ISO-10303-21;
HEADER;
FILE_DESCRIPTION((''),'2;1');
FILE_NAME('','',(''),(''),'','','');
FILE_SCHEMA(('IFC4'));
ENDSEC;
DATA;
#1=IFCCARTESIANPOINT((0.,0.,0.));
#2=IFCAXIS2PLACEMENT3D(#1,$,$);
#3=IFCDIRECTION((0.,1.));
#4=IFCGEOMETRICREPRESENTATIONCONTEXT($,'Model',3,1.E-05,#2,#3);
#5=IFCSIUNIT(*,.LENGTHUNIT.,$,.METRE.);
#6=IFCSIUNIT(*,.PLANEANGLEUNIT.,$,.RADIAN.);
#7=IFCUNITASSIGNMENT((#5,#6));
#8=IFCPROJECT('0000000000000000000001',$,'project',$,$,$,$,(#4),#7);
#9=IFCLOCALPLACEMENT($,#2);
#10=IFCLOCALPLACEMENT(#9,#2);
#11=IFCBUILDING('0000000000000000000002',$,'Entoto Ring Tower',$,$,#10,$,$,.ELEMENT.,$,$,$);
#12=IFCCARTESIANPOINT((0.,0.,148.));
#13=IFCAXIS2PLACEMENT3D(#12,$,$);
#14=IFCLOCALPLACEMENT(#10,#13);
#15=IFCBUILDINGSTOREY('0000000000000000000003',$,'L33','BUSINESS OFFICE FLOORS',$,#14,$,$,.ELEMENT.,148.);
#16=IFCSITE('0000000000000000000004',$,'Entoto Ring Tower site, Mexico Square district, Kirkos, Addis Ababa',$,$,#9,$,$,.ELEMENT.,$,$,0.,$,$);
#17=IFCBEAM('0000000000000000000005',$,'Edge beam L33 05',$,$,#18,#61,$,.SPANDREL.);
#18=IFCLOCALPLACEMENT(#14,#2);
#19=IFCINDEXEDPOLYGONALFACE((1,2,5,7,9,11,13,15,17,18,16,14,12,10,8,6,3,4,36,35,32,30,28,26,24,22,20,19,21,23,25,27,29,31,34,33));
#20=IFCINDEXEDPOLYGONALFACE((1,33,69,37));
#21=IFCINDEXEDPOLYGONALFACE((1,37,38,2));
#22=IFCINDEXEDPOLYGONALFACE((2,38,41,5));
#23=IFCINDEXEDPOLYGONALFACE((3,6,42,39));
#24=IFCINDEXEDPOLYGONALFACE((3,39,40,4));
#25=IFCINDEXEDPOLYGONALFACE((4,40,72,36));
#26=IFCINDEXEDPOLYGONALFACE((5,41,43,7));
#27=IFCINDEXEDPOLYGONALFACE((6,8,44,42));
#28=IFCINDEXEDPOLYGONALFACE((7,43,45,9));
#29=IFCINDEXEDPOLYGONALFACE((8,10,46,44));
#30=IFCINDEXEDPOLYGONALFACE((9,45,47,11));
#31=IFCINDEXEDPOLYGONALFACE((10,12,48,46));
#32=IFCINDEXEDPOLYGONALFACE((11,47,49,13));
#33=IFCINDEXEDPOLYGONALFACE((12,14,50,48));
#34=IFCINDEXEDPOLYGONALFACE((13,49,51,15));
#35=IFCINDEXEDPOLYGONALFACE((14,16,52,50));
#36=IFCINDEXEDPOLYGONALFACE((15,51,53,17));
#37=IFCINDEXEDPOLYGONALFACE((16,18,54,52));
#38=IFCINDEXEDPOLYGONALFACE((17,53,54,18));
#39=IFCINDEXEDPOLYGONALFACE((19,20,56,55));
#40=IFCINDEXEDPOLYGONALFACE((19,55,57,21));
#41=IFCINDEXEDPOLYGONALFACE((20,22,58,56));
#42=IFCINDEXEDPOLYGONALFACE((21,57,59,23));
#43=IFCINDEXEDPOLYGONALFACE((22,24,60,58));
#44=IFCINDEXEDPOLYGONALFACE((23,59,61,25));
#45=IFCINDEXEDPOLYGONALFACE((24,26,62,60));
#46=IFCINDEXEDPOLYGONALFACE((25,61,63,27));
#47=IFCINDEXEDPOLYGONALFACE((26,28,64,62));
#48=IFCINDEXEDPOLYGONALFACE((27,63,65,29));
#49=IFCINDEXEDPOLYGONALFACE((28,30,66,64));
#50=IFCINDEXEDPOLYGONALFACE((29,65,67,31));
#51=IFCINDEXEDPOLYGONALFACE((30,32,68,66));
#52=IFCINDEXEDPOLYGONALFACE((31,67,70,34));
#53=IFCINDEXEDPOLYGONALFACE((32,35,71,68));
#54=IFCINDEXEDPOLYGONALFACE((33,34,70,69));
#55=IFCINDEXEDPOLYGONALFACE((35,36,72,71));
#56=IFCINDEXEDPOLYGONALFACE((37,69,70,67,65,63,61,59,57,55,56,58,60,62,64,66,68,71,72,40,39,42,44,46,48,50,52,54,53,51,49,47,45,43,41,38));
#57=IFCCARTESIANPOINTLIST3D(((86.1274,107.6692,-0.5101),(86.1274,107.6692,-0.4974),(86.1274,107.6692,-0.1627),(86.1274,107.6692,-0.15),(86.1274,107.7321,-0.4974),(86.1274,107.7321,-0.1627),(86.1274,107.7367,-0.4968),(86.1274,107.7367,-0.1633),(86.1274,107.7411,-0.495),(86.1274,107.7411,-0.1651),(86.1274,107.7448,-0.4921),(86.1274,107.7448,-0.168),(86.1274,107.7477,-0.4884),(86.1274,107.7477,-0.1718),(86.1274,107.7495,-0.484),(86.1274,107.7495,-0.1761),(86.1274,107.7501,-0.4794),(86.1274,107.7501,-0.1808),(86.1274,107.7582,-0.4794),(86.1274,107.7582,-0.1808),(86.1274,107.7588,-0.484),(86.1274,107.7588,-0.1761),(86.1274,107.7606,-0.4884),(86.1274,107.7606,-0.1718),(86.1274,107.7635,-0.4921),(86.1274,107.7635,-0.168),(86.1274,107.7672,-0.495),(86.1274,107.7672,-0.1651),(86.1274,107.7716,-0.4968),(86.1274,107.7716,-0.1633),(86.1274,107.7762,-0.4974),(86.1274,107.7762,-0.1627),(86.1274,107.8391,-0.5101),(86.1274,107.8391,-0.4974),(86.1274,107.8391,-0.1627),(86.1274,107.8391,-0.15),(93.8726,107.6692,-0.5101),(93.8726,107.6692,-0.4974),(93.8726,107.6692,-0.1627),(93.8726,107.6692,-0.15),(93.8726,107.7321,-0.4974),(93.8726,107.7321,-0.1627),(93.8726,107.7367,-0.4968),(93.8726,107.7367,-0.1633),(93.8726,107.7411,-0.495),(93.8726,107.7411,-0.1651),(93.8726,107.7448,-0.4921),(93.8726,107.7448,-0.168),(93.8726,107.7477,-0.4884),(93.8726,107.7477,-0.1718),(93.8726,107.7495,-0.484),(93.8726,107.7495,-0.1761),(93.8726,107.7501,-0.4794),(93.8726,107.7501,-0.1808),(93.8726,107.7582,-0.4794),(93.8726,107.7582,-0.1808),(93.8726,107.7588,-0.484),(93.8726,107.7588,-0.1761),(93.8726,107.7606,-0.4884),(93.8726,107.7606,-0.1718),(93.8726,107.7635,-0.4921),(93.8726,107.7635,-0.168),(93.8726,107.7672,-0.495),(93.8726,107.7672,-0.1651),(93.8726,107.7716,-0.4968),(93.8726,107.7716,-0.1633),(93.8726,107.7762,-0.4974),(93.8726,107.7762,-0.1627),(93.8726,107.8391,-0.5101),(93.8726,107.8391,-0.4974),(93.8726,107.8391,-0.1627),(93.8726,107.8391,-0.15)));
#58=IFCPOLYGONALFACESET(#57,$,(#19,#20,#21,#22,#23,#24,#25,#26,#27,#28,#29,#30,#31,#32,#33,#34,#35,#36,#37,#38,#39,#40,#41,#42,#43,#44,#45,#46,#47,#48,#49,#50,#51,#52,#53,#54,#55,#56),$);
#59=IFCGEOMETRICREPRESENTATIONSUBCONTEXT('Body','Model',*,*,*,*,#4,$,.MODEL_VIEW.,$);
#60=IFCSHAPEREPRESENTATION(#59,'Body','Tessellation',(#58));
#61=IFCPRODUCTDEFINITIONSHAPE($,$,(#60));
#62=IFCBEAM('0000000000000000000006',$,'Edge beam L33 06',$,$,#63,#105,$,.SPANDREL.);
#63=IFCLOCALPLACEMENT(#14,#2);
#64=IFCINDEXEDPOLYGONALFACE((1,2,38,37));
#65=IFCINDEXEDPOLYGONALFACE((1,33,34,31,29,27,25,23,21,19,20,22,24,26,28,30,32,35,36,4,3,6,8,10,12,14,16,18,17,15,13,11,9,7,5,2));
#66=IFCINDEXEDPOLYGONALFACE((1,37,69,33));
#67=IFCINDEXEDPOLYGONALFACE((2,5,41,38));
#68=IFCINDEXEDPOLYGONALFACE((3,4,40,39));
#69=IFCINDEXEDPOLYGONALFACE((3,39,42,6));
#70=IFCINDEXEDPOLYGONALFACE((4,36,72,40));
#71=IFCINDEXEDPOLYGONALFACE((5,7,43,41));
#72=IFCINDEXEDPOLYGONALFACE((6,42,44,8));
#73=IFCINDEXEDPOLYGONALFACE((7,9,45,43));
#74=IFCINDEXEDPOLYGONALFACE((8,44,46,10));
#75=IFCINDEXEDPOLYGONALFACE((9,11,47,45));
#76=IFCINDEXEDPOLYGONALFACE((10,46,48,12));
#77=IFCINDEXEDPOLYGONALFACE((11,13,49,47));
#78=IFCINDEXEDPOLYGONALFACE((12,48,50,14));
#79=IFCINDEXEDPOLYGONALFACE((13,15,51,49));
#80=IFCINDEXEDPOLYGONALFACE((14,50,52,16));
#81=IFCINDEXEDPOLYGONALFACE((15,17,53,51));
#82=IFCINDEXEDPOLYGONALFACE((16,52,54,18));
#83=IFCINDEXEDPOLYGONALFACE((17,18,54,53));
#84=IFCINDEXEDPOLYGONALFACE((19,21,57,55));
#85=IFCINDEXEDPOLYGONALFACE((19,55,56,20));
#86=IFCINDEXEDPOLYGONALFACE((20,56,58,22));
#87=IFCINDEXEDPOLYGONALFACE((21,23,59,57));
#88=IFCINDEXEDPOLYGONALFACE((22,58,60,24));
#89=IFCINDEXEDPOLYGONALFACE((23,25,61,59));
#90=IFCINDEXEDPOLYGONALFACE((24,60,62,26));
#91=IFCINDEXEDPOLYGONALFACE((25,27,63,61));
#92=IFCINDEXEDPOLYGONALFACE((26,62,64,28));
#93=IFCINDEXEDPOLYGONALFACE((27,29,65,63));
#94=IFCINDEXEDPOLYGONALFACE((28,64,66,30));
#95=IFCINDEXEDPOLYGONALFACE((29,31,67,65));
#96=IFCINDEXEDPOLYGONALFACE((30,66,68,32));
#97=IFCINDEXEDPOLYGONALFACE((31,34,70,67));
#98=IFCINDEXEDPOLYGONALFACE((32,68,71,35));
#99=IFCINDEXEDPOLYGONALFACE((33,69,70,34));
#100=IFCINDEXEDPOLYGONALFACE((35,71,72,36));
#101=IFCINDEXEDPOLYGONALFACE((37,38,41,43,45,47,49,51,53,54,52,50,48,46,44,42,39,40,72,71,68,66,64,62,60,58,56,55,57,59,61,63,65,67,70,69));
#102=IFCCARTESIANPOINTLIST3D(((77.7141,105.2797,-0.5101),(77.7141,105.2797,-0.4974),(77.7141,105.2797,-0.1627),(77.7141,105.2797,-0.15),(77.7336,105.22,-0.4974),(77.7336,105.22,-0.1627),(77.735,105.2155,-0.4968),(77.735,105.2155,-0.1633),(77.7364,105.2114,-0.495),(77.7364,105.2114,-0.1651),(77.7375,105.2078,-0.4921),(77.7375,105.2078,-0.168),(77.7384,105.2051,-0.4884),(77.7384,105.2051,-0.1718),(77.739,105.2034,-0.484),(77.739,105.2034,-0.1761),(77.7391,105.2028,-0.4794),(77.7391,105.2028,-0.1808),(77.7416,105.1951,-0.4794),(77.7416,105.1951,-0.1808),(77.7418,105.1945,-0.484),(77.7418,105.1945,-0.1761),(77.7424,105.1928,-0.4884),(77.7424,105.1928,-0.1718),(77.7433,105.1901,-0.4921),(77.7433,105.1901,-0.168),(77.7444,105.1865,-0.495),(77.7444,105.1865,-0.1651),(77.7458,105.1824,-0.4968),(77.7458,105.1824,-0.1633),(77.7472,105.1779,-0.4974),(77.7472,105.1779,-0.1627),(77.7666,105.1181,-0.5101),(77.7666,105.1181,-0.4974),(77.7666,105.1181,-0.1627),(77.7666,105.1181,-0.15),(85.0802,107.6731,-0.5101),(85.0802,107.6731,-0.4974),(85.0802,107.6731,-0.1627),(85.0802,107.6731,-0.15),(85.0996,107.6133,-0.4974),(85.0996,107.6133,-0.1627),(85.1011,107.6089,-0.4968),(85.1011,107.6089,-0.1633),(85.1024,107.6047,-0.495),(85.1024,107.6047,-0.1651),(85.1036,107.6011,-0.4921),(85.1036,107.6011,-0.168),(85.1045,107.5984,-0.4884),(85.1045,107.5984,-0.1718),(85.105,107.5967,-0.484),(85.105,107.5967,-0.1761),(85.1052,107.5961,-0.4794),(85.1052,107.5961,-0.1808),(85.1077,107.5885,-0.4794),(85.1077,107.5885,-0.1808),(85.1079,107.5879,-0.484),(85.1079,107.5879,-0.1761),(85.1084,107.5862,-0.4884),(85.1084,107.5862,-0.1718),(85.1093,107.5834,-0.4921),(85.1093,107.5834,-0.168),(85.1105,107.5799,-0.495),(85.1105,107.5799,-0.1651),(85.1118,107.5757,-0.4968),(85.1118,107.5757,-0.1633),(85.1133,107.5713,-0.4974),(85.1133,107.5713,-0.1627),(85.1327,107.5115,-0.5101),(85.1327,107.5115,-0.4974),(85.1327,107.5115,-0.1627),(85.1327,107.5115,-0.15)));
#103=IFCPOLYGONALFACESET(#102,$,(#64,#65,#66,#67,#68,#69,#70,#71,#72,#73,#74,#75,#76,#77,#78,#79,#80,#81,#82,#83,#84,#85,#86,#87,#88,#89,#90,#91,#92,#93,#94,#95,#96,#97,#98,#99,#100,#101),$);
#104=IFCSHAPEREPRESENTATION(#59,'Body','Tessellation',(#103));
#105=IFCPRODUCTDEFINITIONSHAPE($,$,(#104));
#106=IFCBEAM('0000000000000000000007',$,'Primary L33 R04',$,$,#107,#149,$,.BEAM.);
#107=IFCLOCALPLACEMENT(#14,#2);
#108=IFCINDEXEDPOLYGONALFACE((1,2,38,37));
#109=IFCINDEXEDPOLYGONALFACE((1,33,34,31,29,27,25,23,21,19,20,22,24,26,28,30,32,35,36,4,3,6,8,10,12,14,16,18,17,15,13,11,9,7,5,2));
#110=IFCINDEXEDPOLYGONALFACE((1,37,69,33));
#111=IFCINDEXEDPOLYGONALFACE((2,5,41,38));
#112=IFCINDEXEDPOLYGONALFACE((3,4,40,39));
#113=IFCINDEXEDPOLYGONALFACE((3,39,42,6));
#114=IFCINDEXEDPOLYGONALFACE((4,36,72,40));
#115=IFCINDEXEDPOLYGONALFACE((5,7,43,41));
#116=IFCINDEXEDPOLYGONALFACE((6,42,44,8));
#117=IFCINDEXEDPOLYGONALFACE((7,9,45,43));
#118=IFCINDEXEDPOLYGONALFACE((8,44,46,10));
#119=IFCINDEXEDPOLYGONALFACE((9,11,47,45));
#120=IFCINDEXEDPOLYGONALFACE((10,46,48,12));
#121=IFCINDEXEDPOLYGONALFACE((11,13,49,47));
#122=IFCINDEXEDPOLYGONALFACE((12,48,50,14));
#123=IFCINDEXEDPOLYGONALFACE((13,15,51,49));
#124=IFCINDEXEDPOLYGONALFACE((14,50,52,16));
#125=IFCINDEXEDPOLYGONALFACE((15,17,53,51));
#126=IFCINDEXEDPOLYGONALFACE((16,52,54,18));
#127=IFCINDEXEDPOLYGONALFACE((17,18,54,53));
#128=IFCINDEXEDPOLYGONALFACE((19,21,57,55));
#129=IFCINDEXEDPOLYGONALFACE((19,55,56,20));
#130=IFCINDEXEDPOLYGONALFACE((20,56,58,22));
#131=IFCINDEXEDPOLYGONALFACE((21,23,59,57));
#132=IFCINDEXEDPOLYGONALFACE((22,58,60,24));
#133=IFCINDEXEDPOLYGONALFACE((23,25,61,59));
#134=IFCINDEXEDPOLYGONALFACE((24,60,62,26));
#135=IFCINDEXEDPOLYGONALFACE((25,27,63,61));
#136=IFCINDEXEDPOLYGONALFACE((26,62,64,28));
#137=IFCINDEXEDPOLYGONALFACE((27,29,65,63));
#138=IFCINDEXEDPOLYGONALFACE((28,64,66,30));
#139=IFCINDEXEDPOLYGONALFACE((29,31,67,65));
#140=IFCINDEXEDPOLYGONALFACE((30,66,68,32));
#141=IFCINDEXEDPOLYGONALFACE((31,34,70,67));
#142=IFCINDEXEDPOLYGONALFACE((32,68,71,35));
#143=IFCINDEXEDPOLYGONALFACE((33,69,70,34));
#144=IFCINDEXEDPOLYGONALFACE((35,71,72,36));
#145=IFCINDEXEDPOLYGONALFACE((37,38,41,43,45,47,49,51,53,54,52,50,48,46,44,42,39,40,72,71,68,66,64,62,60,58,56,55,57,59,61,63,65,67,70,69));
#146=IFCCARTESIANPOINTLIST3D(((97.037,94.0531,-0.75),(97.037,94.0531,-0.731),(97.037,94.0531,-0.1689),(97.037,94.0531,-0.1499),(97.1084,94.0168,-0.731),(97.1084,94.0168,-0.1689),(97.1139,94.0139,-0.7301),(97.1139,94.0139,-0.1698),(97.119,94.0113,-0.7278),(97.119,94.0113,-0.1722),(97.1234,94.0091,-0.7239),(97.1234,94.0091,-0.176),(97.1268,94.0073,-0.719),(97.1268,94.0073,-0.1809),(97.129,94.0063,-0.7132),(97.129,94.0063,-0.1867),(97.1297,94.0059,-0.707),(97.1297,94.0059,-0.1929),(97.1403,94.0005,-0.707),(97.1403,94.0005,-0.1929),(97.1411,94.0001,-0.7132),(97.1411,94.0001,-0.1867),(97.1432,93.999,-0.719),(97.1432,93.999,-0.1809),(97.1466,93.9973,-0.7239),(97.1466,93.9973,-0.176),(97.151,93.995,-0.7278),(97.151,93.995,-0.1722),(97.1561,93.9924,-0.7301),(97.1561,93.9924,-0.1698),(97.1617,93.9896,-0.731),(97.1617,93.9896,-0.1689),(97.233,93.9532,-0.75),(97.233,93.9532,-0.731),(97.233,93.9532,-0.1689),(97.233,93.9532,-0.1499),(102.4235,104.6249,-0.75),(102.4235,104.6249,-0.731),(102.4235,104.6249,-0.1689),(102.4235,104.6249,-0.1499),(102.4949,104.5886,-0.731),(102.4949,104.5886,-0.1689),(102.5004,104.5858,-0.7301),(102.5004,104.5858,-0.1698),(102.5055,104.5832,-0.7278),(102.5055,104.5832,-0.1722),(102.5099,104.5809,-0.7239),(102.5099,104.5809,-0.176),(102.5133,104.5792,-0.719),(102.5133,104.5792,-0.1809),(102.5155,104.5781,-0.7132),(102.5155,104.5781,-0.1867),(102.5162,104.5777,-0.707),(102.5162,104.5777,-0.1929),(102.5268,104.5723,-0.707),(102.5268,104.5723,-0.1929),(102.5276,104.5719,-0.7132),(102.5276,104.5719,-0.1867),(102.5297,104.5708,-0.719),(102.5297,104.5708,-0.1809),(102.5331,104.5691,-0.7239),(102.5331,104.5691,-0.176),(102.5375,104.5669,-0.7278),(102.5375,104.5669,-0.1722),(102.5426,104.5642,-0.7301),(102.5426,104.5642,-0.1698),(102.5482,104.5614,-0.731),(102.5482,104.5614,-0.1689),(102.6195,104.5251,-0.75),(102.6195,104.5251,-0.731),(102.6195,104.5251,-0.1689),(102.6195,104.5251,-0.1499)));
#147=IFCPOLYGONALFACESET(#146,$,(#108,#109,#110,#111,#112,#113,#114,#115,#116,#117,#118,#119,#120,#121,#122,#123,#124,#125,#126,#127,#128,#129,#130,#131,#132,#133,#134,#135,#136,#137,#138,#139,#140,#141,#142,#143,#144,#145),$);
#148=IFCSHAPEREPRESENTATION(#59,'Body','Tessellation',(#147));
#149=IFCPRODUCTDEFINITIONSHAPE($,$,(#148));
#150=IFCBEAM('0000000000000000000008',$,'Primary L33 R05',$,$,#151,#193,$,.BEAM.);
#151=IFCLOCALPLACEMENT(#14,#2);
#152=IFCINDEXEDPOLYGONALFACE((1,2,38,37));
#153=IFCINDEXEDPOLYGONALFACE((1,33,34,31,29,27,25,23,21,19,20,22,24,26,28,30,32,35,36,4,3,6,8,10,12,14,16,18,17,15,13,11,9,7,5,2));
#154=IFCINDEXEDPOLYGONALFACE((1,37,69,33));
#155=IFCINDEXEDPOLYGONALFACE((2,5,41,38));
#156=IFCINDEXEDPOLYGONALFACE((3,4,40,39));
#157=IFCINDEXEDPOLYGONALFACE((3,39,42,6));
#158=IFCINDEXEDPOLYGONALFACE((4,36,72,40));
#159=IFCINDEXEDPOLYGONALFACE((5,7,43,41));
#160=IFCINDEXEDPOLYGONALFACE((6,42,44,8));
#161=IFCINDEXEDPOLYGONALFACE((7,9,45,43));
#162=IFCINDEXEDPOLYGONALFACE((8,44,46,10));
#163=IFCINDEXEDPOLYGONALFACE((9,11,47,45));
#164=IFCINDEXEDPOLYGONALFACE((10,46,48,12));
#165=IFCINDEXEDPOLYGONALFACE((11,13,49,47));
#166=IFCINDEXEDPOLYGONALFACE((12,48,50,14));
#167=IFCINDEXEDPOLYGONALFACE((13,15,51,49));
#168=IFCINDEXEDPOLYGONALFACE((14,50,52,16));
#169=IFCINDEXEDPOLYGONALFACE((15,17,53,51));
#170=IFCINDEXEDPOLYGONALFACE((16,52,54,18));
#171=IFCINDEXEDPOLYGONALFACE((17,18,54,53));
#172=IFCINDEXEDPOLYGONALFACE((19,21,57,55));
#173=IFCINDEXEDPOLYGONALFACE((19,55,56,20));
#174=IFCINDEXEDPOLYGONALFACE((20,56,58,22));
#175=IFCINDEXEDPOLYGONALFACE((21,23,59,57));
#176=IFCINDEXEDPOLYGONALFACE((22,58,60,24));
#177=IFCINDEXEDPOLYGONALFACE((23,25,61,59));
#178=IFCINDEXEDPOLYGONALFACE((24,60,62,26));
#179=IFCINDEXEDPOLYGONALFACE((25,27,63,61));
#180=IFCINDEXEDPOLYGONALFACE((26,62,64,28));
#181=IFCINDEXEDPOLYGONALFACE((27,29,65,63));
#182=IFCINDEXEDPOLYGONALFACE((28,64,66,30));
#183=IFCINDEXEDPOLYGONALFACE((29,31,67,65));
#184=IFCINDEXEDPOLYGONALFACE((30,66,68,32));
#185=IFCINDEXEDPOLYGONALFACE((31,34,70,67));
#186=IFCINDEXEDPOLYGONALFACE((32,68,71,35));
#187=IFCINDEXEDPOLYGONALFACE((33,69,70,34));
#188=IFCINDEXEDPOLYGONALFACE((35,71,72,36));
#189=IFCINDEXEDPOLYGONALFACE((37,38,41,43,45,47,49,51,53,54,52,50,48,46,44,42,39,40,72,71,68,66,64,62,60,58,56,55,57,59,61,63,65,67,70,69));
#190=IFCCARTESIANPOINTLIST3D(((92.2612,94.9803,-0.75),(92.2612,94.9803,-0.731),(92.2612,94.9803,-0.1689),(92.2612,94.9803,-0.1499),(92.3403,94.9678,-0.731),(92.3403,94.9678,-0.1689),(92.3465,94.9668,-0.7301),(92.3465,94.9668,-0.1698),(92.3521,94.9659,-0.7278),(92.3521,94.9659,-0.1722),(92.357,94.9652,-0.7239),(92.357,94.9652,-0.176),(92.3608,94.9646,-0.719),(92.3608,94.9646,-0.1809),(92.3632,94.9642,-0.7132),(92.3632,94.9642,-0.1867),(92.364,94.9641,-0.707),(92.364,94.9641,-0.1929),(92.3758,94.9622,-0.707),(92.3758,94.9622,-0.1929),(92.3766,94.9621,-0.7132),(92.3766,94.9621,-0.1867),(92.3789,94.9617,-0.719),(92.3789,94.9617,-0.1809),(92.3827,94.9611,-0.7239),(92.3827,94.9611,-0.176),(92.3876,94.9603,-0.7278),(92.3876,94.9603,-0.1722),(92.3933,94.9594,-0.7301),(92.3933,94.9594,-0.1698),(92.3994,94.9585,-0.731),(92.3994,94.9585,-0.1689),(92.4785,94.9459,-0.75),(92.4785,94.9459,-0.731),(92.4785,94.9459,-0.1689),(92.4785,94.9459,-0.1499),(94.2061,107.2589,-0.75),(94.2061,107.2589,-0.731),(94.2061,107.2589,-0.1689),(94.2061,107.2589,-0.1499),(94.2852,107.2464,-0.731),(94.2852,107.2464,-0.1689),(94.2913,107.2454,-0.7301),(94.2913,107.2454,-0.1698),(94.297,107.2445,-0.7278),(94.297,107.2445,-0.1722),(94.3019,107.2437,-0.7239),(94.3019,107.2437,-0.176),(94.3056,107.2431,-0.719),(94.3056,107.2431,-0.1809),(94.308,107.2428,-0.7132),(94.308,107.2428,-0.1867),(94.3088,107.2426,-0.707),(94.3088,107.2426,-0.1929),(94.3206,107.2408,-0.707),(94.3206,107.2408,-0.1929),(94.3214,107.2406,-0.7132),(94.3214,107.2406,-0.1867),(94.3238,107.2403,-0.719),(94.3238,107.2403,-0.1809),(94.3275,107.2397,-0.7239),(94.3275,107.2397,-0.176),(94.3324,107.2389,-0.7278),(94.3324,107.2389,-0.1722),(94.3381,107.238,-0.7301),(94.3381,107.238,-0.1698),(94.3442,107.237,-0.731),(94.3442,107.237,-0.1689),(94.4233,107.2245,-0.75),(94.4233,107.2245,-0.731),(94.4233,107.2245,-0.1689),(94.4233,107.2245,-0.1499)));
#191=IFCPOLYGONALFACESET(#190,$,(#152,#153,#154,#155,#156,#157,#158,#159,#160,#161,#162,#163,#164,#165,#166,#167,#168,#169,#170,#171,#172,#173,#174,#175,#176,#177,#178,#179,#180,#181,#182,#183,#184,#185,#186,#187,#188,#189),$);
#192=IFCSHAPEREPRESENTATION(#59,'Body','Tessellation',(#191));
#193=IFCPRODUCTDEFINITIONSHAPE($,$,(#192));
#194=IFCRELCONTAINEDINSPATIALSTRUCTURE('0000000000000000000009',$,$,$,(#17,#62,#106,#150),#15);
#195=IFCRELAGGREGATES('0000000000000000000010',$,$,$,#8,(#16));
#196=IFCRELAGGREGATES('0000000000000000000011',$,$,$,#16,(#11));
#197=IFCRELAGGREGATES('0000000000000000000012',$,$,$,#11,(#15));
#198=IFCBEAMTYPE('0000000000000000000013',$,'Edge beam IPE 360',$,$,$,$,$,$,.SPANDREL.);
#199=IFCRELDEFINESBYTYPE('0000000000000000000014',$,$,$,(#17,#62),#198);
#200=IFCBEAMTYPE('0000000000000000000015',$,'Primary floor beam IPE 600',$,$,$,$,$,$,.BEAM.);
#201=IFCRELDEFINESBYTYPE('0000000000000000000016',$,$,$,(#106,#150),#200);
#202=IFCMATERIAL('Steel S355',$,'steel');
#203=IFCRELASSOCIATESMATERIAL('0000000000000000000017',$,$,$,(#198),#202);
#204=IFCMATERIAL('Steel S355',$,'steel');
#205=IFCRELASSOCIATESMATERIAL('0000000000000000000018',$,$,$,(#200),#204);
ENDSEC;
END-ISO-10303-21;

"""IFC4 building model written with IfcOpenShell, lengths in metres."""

from ifc_helpers import new_model, si_unit, direction, frame, origin, origin_2d, place, context, subcontext, project, spatial, i_section, extrude, material, material_profile, profile_set, type_object, element, save


model = new_model("IFC4")

# Units and contexts
model_context = context("Model", 3, precision=1e-05, world=origin(), true_north=direction((0.0, 1.0)))
body_context = subcontext(model_context, "Body", "Model", "MODEL_VIEW")
ifc_project = project(units=[si_unit("LENGTHUNIT", "METRE"), si_unit("PLANEANGLEUNIT", "RADIAN")], contexts=[model_context])

# Site, building, storey
site_placement = place(None, origin())
site = spatial("IfcSite", under=ifc_project, at=site_placement, Name="Entoto Ring Tower site, Mexico Square district, Kirkos, Addis Ababa", CompositionType="ELEMENT", RefElevation=0.0)
building_placement = place(site_placement, origin())
building = spatial("IfcBuilding", under=site, at=building_placement, Name="Entoto Ring Tower", CompositionType="ELEMENT")
storey_placement = place(building_placement, frame((0.0, 0.0, 148.0)))
storey = spatial("IfcBuildingStorey", under=building, at=storey_placement, Name="L33", Description="BUSINESS OFFICE FLOORS", CompositionType="ELEMENT", Elevation=148.0)

# Beams
ifc_material_1 = material(Name="Steel S355", Category="steel")
ifc_material_profile_1 = material_profile(ifc_material_1, i_section(OverallWidth=0.1699, OverallDepth=0.3601, WebThickness=0.0081, FlangeThickness=0.0127, FilletRadius=0.0181, at=origin_2d()), Name="IPE 360")
ifc_profile_set_1 = profile_set([ifc_material_profile_1], Name="Steel S355")
beam_type_1 = type_object("IfcBeamType", Name="Edge beam IPE 360", PredefinedType="SPANDREL", material=ifc_profile_set_1)
for number, where, z_axis, x_axis, name in (
    (1, (93.8726, 107.7542, -0.3301), (-1.0, 0.0, 0.0), (0.0, -1.0, 0.0), "Edge beam L33 05"),
    (2, (85.1064, 107.5923, -0.3301), (-0.951058, -0.309013, 0.0), (0.309013, -0.951058, 0.0), "Edge beam L33 06"),
):
    element("IfcBeam", number, at=place(storey_placement, frame(where, z_axis=z_axis, x_axis=x_axis)), inside=storey, type_object=beam_type_1, Name=name, PredefinedType="SPANDREL", context=body_context, shape_type="SweptSolid", body=[
        extrude(i_section(OverallWidth=0.1699, OverallDepth=0.3601, WebThickness=0.0081, FlangeThickness=0.0127, FilletRadius=0.0181, at=origin_2d()), origin(), (0.0, 0.0, 1.0), 7.7451),
    ])
ifc_material_2 = material(Name="Steel S355", Category="steel")
ifc_material_profile_2 = material_profile(ifc_material_2, i_section(OverallWidth=0.22, OverallDepth=0.6001, WebThickness=0.012, FlangeThickness=0.019, FilletRadius=0.0239, at=origin_2d()), Name="IPE 600")
ifc_profile_set_2 = profile_set([ifc_material_profile_2], Name="Steel S355")
beam_type_2 = type_object("IfcBeamType", Name="Primary floor beam IPE 600", PredefinedType="BEAM", material=ifc_profile_set_2)
beam_1_placement = place(storey_placement, frame((97.135, 94.0032, -0.45), z_axis=(0.453983, 0.89101, 0.0), x_axis=(-0.89101, 0.453983, 0.0)))
element("IfcBeam", 3, at=beam_1_placement, inside=storey, type_object=beam_type_2, Name="Primary L33 R04", PredefinedType="BEAM", context=body_context, shape_type="SweptSolid", body=[
    extrude(i_section(OverallWidth=0.22, OverallDepth=0.6001, WebThickness=0.012, FlangeThickness=0.019, FilletRadius=0.0239, at=origin_2d()), origin(), (0.0, 0.0, 1.0), 11.865),
])
for number, where, z_axis, x_axis, name in (
    (4, (92.3699, 94.9631, -0.45), (0.156442, 0.987687, 0.0), (-0.987687, 0.156442, 0.0), "Primary L33 R05"),
):
    element("IfcBeam", number, at=place(storey_placement, frame(where, z_axis=z_axis, x_axis=x_axis)), inside=storey, type_object=beam_type_2, Name=name, PredefinedType="BEAM", context=body_context, shape_type="SweptSolid", body=[
        extrude(i_section(OverallWidth=0.22, OverallDepth=0.6001, WebThickness=0.012, FlangeThickness=0.019, FilletRadius=0.0239, at=origin_2d()), origin(), (0.0, 0.0, 1.0), 12.4316),
    ])

save(model, "model.ifc")
